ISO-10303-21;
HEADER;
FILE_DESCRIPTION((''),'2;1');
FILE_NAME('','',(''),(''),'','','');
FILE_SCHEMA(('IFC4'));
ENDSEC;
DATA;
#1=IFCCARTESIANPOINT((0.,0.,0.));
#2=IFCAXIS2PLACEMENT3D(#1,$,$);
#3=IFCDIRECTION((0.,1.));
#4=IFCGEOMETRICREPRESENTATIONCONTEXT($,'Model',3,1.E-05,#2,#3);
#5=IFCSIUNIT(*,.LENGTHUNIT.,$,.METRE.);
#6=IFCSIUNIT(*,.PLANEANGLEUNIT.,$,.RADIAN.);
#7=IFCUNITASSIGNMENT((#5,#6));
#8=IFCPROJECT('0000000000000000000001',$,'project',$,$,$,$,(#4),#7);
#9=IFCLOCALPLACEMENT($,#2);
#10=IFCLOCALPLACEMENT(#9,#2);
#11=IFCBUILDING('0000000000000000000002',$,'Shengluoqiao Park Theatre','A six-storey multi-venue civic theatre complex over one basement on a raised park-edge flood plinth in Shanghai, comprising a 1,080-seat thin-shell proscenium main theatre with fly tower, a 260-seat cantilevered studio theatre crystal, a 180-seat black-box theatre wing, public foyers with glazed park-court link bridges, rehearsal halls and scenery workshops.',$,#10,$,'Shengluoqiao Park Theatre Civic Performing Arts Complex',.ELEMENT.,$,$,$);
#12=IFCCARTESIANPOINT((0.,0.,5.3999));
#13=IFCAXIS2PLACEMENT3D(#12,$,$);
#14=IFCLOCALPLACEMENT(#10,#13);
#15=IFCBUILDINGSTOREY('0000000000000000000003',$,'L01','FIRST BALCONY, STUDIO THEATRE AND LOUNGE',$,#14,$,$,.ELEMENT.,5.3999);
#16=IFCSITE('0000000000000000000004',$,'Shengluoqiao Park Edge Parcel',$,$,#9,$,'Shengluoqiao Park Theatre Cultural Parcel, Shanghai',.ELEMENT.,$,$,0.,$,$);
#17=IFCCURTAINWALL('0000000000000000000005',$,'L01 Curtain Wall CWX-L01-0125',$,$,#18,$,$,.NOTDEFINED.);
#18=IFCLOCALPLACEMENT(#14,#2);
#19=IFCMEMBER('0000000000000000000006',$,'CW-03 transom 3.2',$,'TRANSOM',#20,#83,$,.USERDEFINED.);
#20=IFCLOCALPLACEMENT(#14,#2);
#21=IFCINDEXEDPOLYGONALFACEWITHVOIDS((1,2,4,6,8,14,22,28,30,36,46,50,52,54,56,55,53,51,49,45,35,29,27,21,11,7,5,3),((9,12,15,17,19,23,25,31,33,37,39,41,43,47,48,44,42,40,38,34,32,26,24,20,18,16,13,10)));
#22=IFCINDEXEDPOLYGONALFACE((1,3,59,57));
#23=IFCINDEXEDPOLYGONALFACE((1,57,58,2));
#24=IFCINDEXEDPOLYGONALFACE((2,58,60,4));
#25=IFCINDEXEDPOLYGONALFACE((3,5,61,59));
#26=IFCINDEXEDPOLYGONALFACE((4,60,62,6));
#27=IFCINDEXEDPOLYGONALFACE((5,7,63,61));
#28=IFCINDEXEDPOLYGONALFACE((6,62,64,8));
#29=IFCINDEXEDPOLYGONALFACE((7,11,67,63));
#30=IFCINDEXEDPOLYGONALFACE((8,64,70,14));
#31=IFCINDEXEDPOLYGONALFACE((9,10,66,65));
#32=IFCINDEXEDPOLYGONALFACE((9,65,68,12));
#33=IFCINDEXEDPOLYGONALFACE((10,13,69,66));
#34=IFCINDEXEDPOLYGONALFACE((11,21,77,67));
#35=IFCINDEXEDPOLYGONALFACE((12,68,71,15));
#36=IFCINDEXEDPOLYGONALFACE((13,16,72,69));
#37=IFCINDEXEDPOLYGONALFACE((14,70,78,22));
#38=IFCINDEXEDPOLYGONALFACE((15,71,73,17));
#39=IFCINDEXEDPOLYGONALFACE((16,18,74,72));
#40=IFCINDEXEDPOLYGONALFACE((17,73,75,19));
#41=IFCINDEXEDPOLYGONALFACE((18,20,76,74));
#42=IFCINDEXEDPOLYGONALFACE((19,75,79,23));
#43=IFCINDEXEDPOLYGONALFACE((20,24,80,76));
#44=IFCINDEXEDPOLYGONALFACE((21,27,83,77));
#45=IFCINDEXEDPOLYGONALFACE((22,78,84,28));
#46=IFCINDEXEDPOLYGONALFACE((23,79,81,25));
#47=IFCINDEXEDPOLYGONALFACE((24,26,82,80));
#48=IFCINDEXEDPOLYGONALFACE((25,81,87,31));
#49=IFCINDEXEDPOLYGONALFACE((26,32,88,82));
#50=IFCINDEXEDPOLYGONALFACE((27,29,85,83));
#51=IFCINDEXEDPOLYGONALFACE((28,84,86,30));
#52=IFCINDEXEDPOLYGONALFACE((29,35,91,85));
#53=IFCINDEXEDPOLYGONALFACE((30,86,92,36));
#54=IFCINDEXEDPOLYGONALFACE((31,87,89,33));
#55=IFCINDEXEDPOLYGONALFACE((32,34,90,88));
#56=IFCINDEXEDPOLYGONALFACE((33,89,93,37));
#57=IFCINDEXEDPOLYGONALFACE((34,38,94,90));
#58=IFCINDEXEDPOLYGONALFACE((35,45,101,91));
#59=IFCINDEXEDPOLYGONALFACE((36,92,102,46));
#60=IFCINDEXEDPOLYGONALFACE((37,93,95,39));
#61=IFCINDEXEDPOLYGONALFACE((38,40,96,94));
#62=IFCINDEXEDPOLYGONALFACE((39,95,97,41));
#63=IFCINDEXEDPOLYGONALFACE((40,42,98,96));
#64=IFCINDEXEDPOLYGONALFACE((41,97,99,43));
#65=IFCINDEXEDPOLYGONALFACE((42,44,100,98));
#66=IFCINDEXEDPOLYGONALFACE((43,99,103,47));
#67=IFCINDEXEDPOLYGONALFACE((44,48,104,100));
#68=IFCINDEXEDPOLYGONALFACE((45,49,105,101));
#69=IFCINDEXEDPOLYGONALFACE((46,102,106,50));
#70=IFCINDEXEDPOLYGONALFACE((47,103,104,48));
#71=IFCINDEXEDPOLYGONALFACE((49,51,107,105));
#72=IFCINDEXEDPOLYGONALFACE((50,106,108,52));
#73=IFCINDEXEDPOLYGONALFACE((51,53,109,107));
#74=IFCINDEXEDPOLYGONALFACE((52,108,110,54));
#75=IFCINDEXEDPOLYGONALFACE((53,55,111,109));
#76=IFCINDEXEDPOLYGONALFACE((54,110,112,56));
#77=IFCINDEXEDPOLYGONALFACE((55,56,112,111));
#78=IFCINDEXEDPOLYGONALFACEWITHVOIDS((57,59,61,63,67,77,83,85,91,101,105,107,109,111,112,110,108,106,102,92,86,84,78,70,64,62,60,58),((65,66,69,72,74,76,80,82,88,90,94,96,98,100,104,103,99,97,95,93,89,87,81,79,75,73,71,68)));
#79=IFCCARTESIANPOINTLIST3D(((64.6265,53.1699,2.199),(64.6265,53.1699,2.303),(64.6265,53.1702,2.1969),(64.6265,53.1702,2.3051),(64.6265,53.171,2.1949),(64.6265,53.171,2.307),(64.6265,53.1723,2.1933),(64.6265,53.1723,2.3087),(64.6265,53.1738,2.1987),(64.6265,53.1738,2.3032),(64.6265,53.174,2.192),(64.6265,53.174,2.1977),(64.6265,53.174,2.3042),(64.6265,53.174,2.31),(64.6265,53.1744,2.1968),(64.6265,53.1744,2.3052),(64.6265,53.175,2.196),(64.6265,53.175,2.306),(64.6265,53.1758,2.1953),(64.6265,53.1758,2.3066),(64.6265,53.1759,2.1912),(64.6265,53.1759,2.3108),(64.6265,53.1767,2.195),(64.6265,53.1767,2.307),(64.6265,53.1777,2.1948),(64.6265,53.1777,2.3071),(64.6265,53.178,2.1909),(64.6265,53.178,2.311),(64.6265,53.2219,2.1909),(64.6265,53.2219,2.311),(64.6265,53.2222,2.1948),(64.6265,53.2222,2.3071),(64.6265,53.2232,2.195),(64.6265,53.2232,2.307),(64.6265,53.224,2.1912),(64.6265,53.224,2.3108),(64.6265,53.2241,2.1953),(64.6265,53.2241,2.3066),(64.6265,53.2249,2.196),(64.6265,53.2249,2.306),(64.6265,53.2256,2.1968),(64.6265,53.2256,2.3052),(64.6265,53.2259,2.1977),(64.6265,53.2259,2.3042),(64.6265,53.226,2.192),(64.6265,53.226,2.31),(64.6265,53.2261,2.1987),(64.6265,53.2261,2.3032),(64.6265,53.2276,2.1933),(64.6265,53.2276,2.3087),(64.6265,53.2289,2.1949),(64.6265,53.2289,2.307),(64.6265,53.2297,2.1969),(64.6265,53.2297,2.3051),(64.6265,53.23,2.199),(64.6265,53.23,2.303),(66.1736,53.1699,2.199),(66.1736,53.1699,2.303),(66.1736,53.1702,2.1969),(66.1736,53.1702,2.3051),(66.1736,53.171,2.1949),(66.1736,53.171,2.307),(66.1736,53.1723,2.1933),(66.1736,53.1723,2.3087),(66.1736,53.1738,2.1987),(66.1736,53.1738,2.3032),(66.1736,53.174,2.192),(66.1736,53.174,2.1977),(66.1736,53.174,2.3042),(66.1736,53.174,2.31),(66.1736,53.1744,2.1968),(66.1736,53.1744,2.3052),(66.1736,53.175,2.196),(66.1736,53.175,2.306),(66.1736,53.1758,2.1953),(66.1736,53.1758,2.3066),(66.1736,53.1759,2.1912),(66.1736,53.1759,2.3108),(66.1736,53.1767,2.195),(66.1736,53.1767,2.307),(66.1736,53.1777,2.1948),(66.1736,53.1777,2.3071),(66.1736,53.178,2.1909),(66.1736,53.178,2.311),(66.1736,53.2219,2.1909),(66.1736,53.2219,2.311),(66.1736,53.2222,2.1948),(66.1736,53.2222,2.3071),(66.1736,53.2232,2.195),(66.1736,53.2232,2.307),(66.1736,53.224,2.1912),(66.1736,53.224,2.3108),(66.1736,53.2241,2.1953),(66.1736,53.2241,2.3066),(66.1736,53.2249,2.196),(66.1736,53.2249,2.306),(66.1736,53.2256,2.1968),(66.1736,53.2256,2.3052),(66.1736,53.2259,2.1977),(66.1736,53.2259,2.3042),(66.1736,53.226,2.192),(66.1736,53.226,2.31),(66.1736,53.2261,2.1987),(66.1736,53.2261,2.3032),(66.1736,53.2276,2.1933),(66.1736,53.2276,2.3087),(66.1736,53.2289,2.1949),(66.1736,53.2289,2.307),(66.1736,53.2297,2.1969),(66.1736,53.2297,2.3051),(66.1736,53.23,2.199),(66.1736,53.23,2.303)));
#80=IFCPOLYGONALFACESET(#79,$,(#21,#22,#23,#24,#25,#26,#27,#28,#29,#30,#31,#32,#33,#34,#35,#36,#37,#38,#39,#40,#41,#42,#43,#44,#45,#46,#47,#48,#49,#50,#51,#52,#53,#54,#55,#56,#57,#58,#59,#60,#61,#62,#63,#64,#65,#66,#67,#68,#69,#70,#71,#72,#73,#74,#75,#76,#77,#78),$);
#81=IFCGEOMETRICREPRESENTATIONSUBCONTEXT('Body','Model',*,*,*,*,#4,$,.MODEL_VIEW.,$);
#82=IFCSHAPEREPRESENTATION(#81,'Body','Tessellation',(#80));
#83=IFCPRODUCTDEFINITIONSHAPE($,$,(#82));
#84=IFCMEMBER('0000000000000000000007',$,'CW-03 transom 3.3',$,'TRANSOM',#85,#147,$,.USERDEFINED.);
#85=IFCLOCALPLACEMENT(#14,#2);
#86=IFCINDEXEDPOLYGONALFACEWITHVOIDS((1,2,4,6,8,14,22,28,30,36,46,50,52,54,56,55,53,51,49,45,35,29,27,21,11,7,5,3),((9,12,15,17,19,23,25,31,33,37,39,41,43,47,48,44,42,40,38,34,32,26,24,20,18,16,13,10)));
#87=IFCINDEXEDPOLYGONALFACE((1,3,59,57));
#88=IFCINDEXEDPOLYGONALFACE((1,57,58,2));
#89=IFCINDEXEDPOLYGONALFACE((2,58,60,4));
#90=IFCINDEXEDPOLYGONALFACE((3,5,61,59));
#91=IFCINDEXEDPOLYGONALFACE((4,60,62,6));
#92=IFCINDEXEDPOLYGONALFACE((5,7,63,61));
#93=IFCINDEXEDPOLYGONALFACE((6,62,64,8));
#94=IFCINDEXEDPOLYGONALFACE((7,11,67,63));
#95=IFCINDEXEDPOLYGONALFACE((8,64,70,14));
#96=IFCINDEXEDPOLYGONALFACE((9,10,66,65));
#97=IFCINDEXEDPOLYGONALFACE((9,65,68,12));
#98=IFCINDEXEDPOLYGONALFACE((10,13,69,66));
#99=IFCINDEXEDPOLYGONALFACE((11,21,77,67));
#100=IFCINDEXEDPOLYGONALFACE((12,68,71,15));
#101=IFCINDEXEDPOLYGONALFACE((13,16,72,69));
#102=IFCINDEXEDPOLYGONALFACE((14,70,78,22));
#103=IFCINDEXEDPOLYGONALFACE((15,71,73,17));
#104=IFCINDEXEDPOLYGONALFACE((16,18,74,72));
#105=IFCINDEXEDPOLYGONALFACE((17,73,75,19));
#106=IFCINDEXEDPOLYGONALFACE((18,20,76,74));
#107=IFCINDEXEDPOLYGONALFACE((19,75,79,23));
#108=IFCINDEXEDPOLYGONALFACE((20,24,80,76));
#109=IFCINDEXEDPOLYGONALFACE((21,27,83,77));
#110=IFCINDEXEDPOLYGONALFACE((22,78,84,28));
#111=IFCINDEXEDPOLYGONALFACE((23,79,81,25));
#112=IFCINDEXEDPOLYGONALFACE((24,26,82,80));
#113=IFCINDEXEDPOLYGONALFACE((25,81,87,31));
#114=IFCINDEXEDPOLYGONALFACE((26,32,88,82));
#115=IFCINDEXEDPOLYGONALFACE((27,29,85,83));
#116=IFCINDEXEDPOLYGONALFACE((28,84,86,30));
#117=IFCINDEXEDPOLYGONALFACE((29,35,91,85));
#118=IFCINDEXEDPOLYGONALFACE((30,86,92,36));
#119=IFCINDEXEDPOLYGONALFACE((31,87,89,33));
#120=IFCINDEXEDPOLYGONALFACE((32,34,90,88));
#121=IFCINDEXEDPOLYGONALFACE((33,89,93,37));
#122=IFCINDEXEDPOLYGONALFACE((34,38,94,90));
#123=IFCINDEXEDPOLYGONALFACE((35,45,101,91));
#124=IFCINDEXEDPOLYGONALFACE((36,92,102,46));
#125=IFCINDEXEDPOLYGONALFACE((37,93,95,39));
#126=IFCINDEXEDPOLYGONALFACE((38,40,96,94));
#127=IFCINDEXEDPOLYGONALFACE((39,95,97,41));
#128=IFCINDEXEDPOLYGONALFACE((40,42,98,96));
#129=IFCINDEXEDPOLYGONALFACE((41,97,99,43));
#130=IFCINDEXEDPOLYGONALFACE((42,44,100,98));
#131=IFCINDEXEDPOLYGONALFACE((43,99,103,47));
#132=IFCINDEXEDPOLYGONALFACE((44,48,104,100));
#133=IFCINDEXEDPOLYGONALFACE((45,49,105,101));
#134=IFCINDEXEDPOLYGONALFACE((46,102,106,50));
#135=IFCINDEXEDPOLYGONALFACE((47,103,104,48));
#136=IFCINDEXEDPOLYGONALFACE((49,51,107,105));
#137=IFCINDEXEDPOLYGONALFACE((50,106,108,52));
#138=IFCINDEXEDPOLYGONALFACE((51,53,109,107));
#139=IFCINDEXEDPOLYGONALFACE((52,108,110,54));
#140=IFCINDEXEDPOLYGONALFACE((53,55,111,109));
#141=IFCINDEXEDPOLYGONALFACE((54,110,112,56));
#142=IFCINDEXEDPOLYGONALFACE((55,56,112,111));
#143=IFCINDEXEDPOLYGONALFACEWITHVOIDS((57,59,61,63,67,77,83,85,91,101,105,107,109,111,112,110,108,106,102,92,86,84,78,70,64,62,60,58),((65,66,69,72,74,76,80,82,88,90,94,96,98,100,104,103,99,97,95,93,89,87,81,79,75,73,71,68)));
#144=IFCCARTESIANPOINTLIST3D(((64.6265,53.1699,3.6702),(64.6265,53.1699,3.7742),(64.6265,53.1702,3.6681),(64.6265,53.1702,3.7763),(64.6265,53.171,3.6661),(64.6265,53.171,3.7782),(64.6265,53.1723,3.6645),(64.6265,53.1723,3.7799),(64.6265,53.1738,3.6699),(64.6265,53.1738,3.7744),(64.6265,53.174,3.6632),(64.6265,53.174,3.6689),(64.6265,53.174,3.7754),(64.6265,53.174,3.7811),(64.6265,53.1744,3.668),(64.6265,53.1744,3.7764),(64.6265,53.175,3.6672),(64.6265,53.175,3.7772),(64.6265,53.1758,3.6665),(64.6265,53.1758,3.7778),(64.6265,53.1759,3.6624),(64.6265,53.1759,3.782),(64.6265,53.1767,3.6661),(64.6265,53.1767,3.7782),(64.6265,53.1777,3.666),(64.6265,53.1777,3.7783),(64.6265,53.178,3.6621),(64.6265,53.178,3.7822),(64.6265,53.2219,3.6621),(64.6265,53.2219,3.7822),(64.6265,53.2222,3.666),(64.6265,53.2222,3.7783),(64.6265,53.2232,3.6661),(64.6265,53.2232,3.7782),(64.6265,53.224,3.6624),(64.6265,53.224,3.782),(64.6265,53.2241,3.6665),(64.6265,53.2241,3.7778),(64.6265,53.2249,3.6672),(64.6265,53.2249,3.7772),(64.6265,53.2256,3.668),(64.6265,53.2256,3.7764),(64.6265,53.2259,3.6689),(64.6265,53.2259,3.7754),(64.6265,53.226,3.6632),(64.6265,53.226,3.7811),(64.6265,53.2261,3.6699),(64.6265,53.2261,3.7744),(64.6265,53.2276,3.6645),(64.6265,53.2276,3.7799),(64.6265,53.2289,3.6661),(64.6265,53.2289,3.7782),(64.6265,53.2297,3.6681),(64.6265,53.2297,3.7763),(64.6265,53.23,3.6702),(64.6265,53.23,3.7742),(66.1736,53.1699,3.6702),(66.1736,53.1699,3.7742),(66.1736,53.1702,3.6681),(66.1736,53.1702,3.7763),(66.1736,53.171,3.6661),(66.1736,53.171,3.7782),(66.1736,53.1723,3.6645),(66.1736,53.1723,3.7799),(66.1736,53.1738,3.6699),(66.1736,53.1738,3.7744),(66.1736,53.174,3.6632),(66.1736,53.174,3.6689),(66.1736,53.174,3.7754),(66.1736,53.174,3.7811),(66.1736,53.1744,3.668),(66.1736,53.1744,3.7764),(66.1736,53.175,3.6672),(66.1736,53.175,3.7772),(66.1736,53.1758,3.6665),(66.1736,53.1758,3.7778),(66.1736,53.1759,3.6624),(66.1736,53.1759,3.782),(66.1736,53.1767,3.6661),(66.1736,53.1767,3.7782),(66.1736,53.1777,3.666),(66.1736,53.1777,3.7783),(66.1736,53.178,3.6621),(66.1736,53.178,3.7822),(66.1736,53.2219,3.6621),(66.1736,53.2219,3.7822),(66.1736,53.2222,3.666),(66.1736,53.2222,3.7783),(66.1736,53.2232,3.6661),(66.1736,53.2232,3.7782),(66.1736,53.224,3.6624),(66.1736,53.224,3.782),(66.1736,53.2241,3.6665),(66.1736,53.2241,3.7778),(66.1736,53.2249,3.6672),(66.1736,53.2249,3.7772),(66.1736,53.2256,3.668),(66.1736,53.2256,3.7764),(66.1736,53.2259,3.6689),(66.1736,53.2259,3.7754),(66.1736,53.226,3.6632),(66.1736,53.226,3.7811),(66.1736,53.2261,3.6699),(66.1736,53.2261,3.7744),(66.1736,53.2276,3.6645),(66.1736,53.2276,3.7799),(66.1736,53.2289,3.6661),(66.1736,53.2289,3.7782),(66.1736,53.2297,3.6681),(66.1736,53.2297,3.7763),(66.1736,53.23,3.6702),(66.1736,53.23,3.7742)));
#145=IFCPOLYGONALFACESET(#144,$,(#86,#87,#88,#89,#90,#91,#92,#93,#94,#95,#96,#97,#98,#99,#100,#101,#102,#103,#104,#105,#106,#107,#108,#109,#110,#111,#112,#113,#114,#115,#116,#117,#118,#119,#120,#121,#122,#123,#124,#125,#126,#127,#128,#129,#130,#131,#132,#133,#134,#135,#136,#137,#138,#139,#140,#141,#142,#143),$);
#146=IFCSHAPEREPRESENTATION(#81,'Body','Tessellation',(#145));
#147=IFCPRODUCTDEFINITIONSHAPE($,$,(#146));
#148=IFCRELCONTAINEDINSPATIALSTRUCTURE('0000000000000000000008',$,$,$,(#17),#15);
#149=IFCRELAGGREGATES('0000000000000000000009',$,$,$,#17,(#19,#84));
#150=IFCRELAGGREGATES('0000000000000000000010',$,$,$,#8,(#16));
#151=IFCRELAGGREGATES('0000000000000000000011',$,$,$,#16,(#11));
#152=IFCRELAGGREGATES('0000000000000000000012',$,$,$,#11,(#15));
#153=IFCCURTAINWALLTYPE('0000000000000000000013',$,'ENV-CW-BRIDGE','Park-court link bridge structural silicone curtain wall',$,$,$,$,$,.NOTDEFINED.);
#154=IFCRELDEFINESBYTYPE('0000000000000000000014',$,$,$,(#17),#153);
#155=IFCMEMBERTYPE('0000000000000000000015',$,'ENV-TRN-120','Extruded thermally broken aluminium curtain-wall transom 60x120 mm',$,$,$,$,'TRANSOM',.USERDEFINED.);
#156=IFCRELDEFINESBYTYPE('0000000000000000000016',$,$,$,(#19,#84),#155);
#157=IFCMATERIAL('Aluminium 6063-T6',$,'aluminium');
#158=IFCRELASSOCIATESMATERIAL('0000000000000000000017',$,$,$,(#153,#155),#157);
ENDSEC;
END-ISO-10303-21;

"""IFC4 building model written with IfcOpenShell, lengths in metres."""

from ifc_helpers import new_model, si_unit, direction, frame, origin, origin_2d, place, context, subcontext, project, spatial, hollow_rectangle, extrude, material, material_profile, profile_set, type_object, element, aggregate, save


model = new_model("IFC4")

# Units and contexts
model_context = context("Model", 3, precision=1e-05, world=origin(), true_north=direction((0.0, 1.0)))
body_context = subcontext(model_context, "Body", "Model", "MODEL_VIEW")
ifc_project = project(units=[si_unit("LENGTHUNIT", "METRE"), si_unit("PLANEANGLEUNIT", "RADIAN")], contexts=[model_context])

# Site, building, storey
site_placement = place(None, origin())
site = spatial("IfcSite", under=ifc_project, at=site_placement, Name="Shengluoqiao Park Edge Parcel", LongName="Shengluoqiao Park Theatre Cultural Parcel, Shanghai", CompositionType="ELEMENT", RefElevation=0.0)
building_placement = place(site_placement, origin())
building = spatial("IfcBuilding", under=site, at=building_placement, Name="Shengluoqiao Park Theatre", Description="A six-storey multi-venue civic theatre complex over one basement on a raised park-edge flood plinth in Shanghai, comprising a 1,080-seat thin-shell proscenium main theatre with fly tower, a 260-seat cantilevered studio theatre crystal, a 180-seat black-box theatre wing, public foyers with glazed park-court link bridges, rehearsal halls and scenery workshops.", LongName="Shengluoqiao Park Theatre Civic Performing Arts Complex", CompositionType="ELEMENT")
storey_placement = place(building_placement, frame((0.0, 0.0, 5.3999)))
storey = spatial("IfcBuildingStorey", under=building, at=storey_placement, Name="L01", Description="FIRST BALCONY, STUDIO THEATRE AND LOUNGE", CompositionType="ELEMENT", Elevation=5.3999)

# Curtain wall
ifc_material_1 = material(Name="Aluminium 6063-T6", Category="aluminium")
curtain_wall_type = type_object("IfcCurtainWallType", Name="ENV-CW-BRIDGE", Description="Park-court link bridge structural silicone curtain wall", PredefinedType="NOTDEFINED", material=ifc_material_1)
curtain_wall_1_placement = place(storey_placement, origin())
curtain_wall_1 = element("IfcCurtainWall", 1, at=curtain_wall_1_placement, inside=storey, type_object=curtain_wall_type, Name="L01 Curtain Wall CWX-L01-0125", PredefinedType="NOTDEFINED")

# Members
ifc_material_profile_1 = material_profile(ifc_material_1, hollow_rectangle(XDim=0.0601, YDim=0.1201, WallThickness=0.0039, InnerFilletRadius=0.0039, OuterFilletRadius=0.0081, at=origin_2d()), Name="ALU TRANSOM 120x60x4")
ifc_profile_set_1 = profile_set([ifc_material_profile_1], Name="Aluminium 6063-T6")
member_type_1 = type_object("IfcMemberType", Name="ENV-TRN-120", Description="Extruded thermally broken aluminium curtain-wall transom 60x120 mm", ElementType="TRANSOM", PredefinedType="USERDEFINED", material=ifc_profile_set_1)
member_1_placement = place(storey_placement, frame((64.6265, 53.2, 2.251), z_axis=(1.0, 0.0, 0.0), x_axis=(0.0, 1.0, 0.0)))
member_1 = element("IfcMember", 2, at=member_1_placement, type_object=member_type_1, Name="CW-03 transom 3.2", ObjectType="TRANSOM", PredefinedType="USERDEFINED", context=body_context, shape_type="SweptSolid", body=[
    extrude(hollow_rectangle(XDim=0.0601, YDim=0.1201, WallThickness=0.0039, InnerFilletRadius=0.0039, OuterFilletRadius=0.0081, at=origin_2d()), origin(), (0.0, 0.0, 1.0), 1.5471),
])
member_2_placement = place(storey_placement, frame((64.6265, 53.2, 3.7222), z_axis=(1.0, 0.0, 0.0), x_axis=(0.0, 1.0, 0.0)))
member_2 = element("IfcMember", 3, at=member_2_placement, type_object=member_type_1, Name="CW-03 transom 3.3", ObjectType="TRANSOM", PredefinedType="USERDEFINED", context=body_context, shape_type="SweptSolid", body=[
    extrude(hollow_rectangle(XDim=0.0601, YDim=0.1201, WallThickness=0.0039, InnerFilletRadius=0.0039, OuterFilletRadius=0.0081, at=origin_2d()), origin(), (0.0, 0.0, 1.0), 1.5471),
])

aggregate(curtain_wall_1, [member_1, member_2])

save(model, "model.ifc")
